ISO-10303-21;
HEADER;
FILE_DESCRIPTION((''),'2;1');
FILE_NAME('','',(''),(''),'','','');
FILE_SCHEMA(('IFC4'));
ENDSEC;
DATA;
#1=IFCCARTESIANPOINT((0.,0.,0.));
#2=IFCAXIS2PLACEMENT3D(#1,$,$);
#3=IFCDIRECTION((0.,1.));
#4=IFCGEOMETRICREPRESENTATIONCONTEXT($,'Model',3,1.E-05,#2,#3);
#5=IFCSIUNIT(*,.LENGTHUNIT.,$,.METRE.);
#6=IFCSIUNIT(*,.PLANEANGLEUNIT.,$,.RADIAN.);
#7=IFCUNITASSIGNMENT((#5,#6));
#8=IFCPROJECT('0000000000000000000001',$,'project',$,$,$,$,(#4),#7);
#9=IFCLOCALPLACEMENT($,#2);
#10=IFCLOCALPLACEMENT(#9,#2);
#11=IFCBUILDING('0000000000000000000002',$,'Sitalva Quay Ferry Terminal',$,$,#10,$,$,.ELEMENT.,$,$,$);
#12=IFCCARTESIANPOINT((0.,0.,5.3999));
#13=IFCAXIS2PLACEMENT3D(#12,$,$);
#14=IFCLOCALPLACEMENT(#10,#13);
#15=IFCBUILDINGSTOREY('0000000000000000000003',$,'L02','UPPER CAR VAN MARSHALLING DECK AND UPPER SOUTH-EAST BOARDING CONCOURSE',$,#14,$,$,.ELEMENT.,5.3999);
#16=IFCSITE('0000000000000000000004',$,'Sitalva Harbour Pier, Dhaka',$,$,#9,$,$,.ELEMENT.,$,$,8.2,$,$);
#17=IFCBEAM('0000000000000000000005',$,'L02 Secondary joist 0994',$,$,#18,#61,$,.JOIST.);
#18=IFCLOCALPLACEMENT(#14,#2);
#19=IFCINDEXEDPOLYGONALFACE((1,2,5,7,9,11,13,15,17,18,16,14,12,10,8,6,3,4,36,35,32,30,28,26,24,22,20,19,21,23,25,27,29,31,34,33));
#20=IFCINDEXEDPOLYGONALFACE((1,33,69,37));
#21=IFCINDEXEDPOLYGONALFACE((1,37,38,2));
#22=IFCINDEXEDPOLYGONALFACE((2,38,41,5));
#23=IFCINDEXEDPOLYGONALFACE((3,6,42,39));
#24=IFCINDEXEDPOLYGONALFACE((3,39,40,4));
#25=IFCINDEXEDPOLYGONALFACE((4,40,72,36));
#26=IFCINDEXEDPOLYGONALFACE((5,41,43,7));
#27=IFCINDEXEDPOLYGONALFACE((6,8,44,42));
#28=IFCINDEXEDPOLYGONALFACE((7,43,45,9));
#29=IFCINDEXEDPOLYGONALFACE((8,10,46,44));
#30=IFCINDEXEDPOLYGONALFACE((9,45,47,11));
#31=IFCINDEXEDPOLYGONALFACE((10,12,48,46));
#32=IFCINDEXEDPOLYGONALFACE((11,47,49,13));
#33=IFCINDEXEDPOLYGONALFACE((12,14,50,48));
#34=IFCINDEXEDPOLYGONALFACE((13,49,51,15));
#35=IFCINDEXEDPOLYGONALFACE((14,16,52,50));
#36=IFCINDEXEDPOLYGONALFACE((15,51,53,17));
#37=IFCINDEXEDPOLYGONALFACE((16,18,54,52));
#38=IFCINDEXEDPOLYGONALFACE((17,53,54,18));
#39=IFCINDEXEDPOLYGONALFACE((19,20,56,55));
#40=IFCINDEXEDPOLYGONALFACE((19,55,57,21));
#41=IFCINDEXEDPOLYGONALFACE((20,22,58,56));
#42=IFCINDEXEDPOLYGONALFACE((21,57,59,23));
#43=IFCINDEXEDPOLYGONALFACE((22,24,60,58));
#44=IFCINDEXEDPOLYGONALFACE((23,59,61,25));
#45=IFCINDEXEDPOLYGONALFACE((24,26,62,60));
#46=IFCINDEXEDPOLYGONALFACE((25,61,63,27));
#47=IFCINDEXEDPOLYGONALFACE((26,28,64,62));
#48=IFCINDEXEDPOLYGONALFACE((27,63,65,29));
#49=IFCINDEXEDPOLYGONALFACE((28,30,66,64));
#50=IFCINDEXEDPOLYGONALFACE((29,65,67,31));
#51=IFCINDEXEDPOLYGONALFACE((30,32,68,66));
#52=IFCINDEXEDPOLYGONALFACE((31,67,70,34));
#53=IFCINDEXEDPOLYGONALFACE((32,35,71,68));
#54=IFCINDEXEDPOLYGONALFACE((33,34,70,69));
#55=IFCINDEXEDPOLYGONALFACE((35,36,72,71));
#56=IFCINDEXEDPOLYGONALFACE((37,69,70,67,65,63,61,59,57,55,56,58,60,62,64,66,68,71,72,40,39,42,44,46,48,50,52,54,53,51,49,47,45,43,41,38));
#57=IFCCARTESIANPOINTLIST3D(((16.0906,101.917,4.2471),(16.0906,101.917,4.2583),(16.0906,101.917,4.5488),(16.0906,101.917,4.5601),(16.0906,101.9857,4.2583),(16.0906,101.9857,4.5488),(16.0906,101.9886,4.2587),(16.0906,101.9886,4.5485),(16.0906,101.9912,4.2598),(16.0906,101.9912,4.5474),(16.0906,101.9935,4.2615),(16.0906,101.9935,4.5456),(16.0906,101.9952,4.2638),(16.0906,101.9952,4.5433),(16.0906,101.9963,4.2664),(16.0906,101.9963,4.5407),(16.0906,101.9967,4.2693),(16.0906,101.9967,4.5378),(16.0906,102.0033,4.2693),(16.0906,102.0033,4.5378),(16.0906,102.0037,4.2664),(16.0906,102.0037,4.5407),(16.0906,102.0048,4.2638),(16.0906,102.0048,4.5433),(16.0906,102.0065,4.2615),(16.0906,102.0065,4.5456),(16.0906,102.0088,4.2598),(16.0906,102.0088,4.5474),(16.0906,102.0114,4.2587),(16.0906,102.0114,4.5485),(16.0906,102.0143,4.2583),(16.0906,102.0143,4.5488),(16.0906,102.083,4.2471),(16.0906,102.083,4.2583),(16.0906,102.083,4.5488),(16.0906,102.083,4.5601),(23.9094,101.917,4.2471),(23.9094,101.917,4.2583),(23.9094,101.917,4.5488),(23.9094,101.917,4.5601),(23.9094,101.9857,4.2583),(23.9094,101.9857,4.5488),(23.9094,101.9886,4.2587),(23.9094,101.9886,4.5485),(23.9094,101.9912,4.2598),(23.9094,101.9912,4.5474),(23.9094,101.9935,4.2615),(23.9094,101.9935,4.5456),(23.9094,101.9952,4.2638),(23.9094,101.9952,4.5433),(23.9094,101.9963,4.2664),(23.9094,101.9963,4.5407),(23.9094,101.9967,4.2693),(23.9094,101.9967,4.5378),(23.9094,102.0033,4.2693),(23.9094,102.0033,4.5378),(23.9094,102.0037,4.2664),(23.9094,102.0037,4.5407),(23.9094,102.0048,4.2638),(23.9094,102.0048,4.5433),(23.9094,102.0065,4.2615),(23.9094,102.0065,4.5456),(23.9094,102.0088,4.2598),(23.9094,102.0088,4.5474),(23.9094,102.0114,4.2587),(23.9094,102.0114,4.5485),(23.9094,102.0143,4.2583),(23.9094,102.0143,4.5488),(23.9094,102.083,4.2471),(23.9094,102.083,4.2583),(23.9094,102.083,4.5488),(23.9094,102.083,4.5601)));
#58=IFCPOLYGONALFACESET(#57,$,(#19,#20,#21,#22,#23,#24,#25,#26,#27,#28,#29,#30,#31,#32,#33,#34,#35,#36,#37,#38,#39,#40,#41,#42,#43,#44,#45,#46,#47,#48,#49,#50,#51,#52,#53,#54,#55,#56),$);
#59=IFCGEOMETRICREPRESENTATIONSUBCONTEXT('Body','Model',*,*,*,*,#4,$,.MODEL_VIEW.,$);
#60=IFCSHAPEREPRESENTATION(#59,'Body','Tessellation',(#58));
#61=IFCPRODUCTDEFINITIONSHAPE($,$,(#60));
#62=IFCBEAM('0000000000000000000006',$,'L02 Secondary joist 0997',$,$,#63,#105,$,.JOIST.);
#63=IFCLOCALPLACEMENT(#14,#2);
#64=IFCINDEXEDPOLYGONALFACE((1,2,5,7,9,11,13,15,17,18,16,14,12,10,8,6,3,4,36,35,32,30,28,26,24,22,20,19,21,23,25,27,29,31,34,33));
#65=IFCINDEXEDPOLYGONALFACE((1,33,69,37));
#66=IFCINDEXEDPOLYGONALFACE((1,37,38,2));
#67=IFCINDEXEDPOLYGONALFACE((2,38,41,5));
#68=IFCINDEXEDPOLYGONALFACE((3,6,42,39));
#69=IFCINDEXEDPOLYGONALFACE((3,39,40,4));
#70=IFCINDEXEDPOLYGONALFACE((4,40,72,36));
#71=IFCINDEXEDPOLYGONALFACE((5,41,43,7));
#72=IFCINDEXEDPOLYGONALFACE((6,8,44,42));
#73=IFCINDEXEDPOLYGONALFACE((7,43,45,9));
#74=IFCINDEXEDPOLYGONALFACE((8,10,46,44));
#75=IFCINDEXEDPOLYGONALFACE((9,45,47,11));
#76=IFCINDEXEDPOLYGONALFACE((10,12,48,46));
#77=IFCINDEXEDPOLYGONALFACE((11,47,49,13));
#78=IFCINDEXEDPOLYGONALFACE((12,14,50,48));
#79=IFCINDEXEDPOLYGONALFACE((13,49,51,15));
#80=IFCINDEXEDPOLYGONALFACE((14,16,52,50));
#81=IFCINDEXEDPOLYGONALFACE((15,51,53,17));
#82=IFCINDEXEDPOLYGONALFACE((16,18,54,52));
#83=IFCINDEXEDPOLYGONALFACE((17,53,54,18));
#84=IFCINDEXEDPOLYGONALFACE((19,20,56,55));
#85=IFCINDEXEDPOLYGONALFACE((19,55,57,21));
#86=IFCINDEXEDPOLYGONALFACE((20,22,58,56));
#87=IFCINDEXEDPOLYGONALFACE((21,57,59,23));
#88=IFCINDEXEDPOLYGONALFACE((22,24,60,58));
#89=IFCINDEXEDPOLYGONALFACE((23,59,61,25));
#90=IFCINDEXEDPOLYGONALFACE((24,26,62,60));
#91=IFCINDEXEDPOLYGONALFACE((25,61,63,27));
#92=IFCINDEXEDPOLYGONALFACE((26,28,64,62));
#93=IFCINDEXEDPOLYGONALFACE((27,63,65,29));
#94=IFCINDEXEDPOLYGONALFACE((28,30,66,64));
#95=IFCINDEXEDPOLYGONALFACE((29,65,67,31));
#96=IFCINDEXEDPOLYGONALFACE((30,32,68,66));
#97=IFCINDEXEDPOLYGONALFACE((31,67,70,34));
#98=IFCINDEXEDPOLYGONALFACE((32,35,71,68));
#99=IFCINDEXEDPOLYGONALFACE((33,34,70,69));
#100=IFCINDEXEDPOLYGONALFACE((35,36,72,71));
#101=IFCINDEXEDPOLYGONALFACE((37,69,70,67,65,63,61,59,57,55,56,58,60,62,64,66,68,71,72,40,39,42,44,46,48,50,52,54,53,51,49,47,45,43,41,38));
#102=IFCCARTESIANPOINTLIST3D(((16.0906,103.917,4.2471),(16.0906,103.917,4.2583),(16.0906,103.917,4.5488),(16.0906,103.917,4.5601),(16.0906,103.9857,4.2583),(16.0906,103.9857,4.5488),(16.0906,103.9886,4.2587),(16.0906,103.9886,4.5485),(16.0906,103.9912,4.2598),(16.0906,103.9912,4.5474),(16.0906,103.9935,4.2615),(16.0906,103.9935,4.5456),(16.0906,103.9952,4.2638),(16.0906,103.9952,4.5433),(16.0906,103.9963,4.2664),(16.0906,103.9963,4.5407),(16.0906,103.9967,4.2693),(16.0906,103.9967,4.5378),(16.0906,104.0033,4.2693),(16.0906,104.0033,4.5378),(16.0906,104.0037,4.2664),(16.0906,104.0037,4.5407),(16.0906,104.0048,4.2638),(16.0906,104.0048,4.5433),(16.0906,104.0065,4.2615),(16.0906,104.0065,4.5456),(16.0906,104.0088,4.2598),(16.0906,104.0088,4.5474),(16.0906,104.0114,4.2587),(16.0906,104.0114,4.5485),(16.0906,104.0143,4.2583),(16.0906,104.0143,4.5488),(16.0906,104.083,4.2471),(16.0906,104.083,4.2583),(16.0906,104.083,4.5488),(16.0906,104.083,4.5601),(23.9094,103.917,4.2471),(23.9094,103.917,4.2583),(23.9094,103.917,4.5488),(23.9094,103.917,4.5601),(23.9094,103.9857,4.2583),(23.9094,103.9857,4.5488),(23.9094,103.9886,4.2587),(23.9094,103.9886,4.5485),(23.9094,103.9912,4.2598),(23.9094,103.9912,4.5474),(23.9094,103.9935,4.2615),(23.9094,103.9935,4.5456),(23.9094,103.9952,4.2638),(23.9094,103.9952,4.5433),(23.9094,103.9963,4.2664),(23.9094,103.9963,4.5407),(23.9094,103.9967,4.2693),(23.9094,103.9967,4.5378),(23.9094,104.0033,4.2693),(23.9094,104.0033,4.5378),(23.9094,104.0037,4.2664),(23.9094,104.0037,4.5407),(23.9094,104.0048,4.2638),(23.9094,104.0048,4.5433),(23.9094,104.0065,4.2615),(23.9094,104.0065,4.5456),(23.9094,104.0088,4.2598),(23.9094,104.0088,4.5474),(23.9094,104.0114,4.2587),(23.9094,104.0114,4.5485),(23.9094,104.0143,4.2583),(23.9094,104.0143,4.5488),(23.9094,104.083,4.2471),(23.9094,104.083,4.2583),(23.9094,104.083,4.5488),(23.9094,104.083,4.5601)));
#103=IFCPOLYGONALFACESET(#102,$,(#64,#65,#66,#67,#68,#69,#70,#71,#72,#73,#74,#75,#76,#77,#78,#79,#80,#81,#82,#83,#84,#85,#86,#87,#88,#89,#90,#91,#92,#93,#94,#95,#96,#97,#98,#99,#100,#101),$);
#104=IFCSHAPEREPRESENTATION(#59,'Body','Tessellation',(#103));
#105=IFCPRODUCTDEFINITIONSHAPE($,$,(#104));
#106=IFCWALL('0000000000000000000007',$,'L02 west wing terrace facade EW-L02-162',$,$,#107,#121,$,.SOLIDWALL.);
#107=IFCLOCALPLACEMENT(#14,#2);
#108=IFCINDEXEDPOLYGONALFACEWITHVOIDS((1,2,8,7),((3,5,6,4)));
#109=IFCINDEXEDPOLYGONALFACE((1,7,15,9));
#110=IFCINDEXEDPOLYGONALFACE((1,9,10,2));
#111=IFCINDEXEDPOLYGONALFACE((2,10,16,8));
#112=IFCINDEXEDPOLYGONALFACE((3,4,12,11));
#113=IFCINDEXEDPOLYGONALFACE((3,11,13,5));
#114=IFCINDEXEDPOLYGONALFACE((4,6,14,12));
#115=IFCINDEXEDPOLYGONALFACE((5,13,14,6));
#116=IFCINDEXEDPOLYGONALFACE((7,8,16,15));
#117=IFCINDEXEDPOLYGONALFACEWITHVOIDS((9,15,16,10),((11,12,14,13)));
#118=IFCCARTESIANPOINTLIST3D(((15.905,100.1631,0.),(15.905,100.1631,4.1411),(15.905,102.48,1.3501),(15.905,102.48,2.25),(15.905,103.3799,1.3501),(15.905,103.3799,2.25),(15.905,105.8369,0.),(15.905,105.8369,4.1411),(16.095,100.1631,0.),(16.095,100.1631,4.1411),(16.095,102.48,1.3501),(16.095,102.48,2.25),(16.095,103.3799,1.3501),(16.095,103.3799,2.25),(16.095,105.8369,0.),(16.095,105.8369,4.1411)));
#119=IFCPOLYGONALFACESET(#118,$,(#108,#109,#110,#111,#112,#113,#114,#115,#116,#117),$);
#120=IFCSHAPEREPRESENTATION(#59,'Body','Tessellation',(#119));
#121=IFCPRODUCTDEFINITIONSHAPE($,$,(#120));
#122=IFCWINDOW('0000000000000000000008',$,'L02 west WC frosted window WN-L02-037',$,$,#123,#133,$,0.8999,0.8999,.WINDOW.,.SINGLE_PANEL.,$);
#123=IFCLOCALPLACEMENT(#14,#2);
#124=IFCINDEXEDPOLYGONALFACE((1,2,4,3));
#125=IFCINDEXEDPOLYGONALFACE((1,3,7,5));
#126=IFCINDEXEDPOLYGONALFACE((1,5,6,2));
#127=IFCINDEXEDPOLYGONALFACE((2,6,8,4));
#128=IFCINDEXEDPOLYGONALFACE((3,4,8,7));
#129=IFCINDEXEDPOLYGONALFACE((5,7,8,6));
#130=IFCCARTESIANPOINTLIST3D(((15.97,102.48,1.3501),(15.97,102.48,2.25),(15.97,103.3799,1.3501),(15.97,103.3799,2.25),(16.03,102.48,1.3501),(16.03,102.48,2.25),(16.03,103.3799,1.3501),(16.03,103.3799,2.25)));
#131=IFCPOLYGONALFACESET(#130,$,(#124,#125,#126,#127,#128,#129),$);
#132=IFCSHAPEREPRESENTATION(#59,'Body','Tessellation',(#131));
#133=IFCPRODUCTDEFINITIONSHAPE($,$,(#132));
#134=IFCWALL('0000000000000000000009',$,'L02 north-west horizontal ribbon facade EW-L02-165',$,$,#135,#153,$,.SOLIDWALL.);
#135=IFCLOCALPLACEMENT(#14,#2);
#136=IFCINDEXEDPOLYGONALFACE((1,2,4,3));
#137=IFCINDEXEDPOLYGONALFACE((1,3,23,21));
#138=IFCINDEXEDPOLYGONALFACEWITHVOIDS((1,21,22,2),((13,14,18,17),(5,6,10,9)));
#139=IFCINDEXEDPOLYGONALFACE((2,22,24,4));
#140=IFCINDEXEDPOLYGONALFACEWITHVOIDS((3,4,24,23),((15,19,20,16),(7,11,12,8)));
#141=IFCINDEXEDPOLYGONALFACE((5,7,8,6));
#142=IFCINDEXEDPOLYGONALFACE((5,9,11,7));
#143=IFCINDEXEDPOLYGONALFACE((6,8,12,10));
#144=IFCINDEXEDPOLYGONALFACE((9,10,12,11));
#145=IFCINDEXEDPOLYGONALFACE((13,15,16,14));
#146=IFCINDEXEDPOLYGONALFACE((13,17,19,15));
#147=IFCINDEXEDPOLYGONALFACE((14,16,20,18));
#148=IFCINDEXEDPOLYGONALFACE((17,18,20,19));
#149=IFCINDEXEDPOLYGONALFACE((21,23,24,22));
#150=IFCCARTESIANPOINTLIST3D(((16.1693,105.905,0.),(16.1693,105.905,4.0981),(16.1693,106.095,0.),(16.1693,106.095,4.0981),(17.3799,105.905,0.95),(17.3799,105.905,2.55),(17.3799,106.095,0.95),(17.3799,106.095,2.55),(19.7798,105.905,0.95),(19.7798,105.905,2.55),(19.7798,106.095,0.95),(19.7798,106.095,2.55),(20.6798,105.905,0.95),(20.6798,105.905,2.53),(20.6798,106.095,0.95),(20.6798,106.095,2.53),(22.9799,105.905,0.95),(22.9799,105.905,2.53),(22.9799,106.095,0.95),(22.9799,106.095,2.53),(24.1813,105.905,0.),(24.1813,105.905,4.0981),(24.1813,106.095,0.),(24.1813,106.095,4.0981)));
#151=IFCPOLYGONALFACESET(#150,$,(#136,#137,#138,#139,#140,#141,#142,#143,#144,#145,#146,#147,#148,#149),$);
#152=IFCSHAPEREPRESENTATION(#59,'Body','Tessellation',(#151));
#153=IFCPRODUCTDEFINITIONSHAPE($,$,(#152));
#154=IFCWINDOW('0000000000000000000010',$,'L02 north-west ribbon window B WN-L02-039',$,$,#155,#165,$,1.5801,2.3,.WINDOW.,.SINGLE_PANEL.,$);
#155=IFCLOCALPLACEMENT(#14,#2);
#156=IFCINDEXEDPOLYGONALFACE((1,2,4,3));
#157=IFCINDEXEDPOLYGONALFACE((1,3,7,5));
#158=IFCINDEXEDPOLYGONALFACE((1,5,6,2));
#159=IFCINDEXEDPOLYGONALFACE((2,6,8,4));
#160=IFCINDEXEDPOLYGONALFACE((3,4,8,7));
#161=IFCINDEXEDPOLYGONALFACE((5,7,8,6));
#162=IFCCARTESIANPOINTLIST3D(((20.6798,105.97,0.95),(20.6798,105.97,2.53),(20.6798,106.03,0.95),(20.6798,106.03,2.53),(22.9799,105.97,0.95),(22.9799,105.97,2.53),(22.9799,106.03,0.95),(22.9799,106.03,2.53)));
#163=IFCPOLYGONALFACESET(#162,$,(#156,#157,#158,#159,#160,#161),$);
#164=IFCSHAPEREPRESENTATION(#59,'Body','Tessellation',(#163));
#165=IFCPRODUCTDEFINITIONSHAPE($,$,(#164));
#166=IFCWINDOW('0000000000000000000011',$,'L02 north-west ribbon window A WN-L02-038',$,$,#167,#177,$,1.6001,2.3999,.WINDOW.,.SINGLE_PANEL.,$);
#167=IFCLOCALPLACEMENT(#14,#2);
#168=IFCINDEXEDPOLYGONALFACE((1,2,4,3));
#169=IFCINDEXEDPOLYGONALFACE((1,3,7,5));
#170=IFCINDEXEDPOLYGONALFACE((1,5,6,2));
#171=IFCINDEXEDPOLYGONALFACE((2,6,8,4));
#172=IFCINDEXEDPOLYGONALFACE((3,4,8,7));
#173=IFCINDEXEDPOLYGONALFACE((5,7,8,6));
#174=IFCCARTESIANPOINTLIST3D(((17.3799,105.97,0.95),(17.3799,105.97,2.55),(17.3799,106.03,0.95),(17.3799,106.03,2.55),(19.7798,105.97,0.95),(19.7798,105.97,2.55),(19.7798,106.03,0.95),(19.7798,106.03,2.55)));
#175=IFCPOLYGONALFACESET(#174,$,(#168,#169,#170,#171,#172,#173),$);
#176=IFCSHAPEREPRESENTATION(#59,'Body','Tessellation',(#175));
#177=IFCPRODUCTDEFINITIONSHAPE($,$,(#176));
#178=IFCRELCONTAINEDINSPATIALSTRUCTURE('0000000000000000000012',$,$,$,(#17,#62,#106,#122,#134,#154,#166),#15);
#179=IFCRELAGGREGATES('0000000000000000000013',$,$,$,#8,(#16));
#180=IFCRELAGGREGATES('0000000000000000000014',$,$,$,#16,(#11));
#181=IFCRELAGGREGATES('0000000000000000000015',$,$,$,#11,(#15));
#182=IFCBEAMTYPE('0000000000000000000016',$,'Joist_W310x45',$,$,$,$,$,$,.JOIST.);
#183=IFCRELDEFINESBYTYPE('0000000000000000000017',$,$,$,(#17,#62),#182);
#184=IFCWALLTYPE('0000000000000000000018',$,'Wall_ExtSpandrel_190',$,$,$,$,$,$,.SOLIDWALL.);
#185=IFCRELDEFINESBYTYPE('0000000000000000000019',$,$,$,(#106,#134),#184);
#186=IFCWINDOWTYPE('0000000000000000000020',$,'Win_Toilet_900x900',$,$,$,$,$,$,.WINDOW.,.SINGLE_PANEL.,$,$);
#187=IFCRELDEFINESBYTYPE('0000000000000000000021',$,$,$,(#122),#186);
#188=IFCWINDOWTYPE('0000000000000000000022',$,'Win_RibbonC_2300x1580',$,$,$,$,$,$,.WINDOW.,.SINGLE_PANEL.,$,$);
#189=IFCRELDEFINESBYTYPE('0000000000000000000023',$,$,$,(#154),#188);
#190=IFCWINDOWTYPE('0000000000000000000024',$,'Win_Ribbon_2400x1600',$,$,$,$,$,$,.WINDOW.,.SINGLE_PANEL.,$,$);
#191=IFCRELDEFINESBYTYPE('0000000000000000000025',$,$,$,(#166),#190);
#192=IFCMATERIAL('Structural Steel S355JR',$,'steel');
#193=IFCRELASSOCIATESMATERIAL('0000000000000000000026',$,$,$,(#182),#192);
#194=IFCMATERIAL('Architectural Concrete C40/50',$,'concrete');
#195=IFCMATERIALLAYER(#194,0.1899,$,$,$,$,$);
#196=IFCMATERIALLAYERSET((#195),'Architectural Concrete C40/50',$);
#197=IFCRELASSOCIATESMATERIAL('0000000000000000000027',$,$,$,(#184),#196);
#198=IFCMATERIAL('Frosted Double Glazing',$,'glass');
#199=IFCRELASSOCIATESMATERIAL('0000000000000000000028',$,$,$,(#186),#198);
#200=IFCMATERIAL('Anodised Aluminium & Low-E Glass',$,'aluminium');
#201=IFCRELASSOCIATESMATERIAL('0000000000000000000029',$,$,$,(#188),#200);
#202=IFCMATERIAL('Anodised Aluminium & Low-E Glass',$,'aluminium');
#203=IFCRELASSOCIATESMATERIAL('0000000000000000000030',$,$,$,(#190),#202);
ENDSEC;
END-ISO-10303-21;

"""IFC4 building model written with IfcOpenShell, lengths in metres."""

from ifc_helpers import new_model, si_unit, direction, frame, frame_2d, origin, origin_2d, place, context, subcontext, project, spatial, rectangle, i_section, extrude, material, layer, layer_set, material_profile, profile_set, type_object, element, fill, save


model = new_model("IFC4")

# Units and contexts
model_context = context("Model", 3, precision=1e-05, world=origin(), true_north=direction((0.0, 1.0)))
body_context = subcontext(model_context, "Body", "Model", "MODEL_VIEW")
ifc_project = project(units=[si_unit("LENGTHUNIT", "METRE"), si_unit("PLANEANGLEUNIT", "RADIAN")], contexts=[model_context])

# Site, building, storey
site_placement = place(None, origin())
site = spatial("IfcSite", under=ifc_project, at=site_placement, Name="Sitalva Harbour Pier, Dhaka", CompositionType="ELEMENT", RefElevation=8.2)
building_placement = place(site_placement, origin())
building = spatial("IfcBuilding", under=site, at=building_placement, Name="Sitalva Quay Ferry Terminal", CompositionType="ELEMENT")
storey_placement = place(building_placement, frame((0.0, 0.0, 5.3999)))
storey = spatial("IfcBuildingStorey", under=building, at=storey_placement, Name="L02", Description="UPPER CAR VAN MARSHALLING DECK AND UPPER SOUTH-EAST BOARDING CONCOURSE", CompositionType="ELEMENT", Elevation=5.3999)

# Beams
ifc_material_1 = material(Name="Structural Steel S355JR", Category="steel")
ifc_material_profile_1 = material_profile(ifc_material_1, i_section(OverallWidth=0.166, OverallDepth=0.313, WebThickness=0.0066, FlangeThickness=0.0112, FilletRadius=0.011, at=origin_2d()), Name="W310x45")
ifc_profile_set_1 = profile_set([ifc_material_profile_1], Name="Structural Steel S355JR")
beam_type_1 = type_object("IfcBeamType", Name="Joist_W310x45", PredefinedType="JOIST", material=ifc_profile_set_1)
for number, where, z_axis, x_axis, name in (
    (1, (16.0906, 102.0, 4.4036), (1.0, 0.0, 0.0), (0.0, 1.0, 0.0), "L02 Secondary joist 0994"),
    (2, (16.0906, 104.0, 4.4036), (1.0, 0.0, 0.0), (0.0, 1.0, 0.0), "L02 Secondary joist 0997"),
):
    element("IfcBeam", number, at=place(storey_placement, frame(where, z_axis=z_axis, x_axis=x_axis)), inside=storey, type_object=beam_type_1, Name=name, PredefinedType="JOIST", context=body_context, shape_type="SweptSolid", body=[
        extrude(i_section(OverallWidth=0.166, OverallDepth=0.313, WebThickness=0.0066, FlangeThickness=0.0112, FilletRadius=0.011, at=origin_2d()), origin(), (0.0, 0.0, 1.0), 7.8188),
    ])

# Wall, opening, window
ifc_material_2 = material(Name="Architectural Concrete C40/50", Category="concrete")
ifc_layer_1 = layer(ifc_material_2, 0.1899)
ifc_layer_set_1 = layer_set([ifc_layer_1], Name="Architectural Concrete C40/50")
wall_type_1 = type_object("IfcWallType", Name="Wall_ExtSpandrel_190", PredefinedType="SOLIDWALL", material=ifc_layer_set_1)
wall_1_placement = place(storey_placement, frame((16.0, 100.1631, 0.0), z_axis=(0.0, 0.0, 1.0), x_axis=(0.0, 1.0, 0.0)))
wall_1 = element("IfcWall", 3, at=wall_1_placement, inside=storey, type_object=wall_type_1, Name="L02 west wing terrace facade EW-L02-162", PredefinedType="SOLIDWALL", context=body_context, shape_type="SweptSolid", body=[
    extrude(rectangle(XDim=5.6738, YDim=0.1899, at=frame_2d((2.8369, 0.0))), origin(), (0.0, 0.0, 1.0), 4.1411),
])
opening_1_placement = place(wall_1_placement, frame((2.3169, 0.0, 1.3501)))
opening_1 = element("IfcOpeningElement", 4, at=opening_1_placement, cuts=wall_1, PredefinedType="OPENING", context=body_context, shape_type="SweptSolid", body=[
    extrude(rectangle(XDim=0.8999, YDim=0.8999, at=frame_2d((0.45, 0.45))), frame((0.0, 0.105, 0.0), z_axis=(0.0, -1.0, 0.0), x_axis=(1.0, 0.0, 0.0)), (0.0, 0.0, 1.0), 0.21),
])
ifc_material_3 = material(Name="Frosted Double Glazing", Category="glass")
window_type_1 = type_object("IfcWindowType", Name="Win_Toilet_900x900", PartitioningType="SINGLE_PANEL", PredefinedType="WINDOW", material=ifc_material_3)
window_1_placement = place(opening_1_placement, origin())
window_1 = element("IfcWindow", 5, at=window_1_placement, inside=storey, type_object=window_type_1, Name="L02 west WC frosted window WN-L02-037", OverallHeight=0.8999, OverallWidth=0.8999, PartitioningType="SINGLE_PANEL", PredefinedType="WINDOW", context=body_context, shape_type="SweptSolid", body=[
    extrude(rectangle(XDim=0.8999, YDim=0.8999, at=frame_2d((0.45, 0.45))), frame((0.0, 0.03, 0.0), z_axis=(0.0, -1.0, 0.0), x_axis=(1.0, 0.0, 0.0)), (0.0, 0.0, 1.0), 0.0601),
])
fill(opening_1, window_1)

# Wall, openings, windows
wall_2_placement = place(storey_placement, frame((16.1694, 106.0, 0.0), z_axis=(0.0, 0.0, 1.0), x_axis=(1.0, 0.0, 0.0)))
wall_2 = element("IfcWall", 6, at=wall_2_placement, inside=storey, type_object=wall_type_1, Name="L02 north-west horizontal ribbon facade EW-L02-165", PredefinedType="SOLIDWALL", context=body_context, shape_type="SweptSolid", body=[
    extrude(rectangle(XDim=8.012, YDim=0.1899, at=frame_2d((4.0059, 0.0))), origin(), (0.0, 0.0, 1.0), 4.0981),
])
opening_2_placement = place(wall_2_placement, frame((1.2104, 0.0, 0.95)))
opening_2 = element("IfcOpeningElement", 7, at=opening_2_placement, cuts=wall_2, PredefinedType="OPENING", context=body_context, shape_type="SweptSolid", body=[
    extrude(rectangle(XDim=2.3999, YDim=1.6001, at=frame_2d((1.2, 0.8))), frame((0.0, 0.105, 0.0), z_axis=(0.0, -1.0, 0.0), x_axis=(1.0, 0.0, 0.0)), (0.0, 0.0, 1.0), 0.21),
])
opening_3_placement = place(wall_2_placement, frame((4.5105, 0.0, 0.95)))
opening_3 = element("IfcOpeningElement", 8, at=opening_3_placement, cuts=wall_2, PredefinedType="OPENING", context=body_context, shape_type="SweptSolid", body=[
    extrude(rectangle(XDim=2.3, YDim=1.5801, at=frame_2d((1.1499, 0.79))), frame((0.0, 0.105, 0.0), z_axis=(0.0, -1.0, 0.0), x_axis=(1.0, 0.0, 0.0)), (0.0, 0.0, 1.0), 0.21),
])
ifc_material_4 = material(Name="Anodised Aluminium & Low-E Glass", Category="aluminium")
window_type_2 = type_object("IfcWindowType", Name="Win_RibbonC_2300x1580", PartitioningType="SINGLE_PANEL", PredefinedType="WINDOW", material=ifc_material_4)
window_2_placement = place(opening_3_placement, origin())
window_2 = element("IfcWindow", 9, at=window_2_placement, inside=storey, type_object=window_type_2, Name="L02 north-west ribbon window B WN-L02-039", OverallHeight=1.5801, OverallWidth=2.3, PartitioningType="SINGLE_PANEL", PredefinedType="WINDOW", context=body_context, shape_type="SweptSolid", body=[
    extrude(rectangle(XDim=2.3, YDim=1.5801, at=frame_2d((1.1499, 0.79))), frame((0.0, 0.03, 0.0), z_axis=(0.0, -1.0, 0.0), x_axis=(1.0, 0.0, 0.0)), (0.0, 0.0, 1.0), 0.0601),
])
fill(opening_3, window_2)
ifc_material_5 = material(Name="Anodised Aluminium & Low-E Glass", Category="aluminium")
window_type_3 = type_object("IfcWindowType", Name="Win_Ribbon_2400x1600", PartitioningType="SINGLE_PANEL", PredefinedType="WINDOW", material=ifc_material_5)
window_3_placement = place(opening_2_placement, origin())
window_3 = element("IfcWindow", 10, at=window_3_placement, inside=storey, type_object=window_type_3, Name="L02 north-west ribbon window A WN-L02-038", OverallHeight=1.6001, OverallWidth=2.3999, PartitioningType="SINGLE_PANEL", PredefinedType="WINDOW", context=body_context, shape_type="SweptSolid", body=[
    extrude(rectangle(XDim=2.3999, YDim=1.6001, at=frame_2d((1.2, 0.8))), frame((0.0, 0.03, 0.0), z_axis=(0.0, -1.0, 0.0), x_axis=(1.0, 0.0, 0.0)), (0.0, 0.0, 1.0), 0.0601),
])
fill(opening_2, window_3)

save(model, "model.ifc")
